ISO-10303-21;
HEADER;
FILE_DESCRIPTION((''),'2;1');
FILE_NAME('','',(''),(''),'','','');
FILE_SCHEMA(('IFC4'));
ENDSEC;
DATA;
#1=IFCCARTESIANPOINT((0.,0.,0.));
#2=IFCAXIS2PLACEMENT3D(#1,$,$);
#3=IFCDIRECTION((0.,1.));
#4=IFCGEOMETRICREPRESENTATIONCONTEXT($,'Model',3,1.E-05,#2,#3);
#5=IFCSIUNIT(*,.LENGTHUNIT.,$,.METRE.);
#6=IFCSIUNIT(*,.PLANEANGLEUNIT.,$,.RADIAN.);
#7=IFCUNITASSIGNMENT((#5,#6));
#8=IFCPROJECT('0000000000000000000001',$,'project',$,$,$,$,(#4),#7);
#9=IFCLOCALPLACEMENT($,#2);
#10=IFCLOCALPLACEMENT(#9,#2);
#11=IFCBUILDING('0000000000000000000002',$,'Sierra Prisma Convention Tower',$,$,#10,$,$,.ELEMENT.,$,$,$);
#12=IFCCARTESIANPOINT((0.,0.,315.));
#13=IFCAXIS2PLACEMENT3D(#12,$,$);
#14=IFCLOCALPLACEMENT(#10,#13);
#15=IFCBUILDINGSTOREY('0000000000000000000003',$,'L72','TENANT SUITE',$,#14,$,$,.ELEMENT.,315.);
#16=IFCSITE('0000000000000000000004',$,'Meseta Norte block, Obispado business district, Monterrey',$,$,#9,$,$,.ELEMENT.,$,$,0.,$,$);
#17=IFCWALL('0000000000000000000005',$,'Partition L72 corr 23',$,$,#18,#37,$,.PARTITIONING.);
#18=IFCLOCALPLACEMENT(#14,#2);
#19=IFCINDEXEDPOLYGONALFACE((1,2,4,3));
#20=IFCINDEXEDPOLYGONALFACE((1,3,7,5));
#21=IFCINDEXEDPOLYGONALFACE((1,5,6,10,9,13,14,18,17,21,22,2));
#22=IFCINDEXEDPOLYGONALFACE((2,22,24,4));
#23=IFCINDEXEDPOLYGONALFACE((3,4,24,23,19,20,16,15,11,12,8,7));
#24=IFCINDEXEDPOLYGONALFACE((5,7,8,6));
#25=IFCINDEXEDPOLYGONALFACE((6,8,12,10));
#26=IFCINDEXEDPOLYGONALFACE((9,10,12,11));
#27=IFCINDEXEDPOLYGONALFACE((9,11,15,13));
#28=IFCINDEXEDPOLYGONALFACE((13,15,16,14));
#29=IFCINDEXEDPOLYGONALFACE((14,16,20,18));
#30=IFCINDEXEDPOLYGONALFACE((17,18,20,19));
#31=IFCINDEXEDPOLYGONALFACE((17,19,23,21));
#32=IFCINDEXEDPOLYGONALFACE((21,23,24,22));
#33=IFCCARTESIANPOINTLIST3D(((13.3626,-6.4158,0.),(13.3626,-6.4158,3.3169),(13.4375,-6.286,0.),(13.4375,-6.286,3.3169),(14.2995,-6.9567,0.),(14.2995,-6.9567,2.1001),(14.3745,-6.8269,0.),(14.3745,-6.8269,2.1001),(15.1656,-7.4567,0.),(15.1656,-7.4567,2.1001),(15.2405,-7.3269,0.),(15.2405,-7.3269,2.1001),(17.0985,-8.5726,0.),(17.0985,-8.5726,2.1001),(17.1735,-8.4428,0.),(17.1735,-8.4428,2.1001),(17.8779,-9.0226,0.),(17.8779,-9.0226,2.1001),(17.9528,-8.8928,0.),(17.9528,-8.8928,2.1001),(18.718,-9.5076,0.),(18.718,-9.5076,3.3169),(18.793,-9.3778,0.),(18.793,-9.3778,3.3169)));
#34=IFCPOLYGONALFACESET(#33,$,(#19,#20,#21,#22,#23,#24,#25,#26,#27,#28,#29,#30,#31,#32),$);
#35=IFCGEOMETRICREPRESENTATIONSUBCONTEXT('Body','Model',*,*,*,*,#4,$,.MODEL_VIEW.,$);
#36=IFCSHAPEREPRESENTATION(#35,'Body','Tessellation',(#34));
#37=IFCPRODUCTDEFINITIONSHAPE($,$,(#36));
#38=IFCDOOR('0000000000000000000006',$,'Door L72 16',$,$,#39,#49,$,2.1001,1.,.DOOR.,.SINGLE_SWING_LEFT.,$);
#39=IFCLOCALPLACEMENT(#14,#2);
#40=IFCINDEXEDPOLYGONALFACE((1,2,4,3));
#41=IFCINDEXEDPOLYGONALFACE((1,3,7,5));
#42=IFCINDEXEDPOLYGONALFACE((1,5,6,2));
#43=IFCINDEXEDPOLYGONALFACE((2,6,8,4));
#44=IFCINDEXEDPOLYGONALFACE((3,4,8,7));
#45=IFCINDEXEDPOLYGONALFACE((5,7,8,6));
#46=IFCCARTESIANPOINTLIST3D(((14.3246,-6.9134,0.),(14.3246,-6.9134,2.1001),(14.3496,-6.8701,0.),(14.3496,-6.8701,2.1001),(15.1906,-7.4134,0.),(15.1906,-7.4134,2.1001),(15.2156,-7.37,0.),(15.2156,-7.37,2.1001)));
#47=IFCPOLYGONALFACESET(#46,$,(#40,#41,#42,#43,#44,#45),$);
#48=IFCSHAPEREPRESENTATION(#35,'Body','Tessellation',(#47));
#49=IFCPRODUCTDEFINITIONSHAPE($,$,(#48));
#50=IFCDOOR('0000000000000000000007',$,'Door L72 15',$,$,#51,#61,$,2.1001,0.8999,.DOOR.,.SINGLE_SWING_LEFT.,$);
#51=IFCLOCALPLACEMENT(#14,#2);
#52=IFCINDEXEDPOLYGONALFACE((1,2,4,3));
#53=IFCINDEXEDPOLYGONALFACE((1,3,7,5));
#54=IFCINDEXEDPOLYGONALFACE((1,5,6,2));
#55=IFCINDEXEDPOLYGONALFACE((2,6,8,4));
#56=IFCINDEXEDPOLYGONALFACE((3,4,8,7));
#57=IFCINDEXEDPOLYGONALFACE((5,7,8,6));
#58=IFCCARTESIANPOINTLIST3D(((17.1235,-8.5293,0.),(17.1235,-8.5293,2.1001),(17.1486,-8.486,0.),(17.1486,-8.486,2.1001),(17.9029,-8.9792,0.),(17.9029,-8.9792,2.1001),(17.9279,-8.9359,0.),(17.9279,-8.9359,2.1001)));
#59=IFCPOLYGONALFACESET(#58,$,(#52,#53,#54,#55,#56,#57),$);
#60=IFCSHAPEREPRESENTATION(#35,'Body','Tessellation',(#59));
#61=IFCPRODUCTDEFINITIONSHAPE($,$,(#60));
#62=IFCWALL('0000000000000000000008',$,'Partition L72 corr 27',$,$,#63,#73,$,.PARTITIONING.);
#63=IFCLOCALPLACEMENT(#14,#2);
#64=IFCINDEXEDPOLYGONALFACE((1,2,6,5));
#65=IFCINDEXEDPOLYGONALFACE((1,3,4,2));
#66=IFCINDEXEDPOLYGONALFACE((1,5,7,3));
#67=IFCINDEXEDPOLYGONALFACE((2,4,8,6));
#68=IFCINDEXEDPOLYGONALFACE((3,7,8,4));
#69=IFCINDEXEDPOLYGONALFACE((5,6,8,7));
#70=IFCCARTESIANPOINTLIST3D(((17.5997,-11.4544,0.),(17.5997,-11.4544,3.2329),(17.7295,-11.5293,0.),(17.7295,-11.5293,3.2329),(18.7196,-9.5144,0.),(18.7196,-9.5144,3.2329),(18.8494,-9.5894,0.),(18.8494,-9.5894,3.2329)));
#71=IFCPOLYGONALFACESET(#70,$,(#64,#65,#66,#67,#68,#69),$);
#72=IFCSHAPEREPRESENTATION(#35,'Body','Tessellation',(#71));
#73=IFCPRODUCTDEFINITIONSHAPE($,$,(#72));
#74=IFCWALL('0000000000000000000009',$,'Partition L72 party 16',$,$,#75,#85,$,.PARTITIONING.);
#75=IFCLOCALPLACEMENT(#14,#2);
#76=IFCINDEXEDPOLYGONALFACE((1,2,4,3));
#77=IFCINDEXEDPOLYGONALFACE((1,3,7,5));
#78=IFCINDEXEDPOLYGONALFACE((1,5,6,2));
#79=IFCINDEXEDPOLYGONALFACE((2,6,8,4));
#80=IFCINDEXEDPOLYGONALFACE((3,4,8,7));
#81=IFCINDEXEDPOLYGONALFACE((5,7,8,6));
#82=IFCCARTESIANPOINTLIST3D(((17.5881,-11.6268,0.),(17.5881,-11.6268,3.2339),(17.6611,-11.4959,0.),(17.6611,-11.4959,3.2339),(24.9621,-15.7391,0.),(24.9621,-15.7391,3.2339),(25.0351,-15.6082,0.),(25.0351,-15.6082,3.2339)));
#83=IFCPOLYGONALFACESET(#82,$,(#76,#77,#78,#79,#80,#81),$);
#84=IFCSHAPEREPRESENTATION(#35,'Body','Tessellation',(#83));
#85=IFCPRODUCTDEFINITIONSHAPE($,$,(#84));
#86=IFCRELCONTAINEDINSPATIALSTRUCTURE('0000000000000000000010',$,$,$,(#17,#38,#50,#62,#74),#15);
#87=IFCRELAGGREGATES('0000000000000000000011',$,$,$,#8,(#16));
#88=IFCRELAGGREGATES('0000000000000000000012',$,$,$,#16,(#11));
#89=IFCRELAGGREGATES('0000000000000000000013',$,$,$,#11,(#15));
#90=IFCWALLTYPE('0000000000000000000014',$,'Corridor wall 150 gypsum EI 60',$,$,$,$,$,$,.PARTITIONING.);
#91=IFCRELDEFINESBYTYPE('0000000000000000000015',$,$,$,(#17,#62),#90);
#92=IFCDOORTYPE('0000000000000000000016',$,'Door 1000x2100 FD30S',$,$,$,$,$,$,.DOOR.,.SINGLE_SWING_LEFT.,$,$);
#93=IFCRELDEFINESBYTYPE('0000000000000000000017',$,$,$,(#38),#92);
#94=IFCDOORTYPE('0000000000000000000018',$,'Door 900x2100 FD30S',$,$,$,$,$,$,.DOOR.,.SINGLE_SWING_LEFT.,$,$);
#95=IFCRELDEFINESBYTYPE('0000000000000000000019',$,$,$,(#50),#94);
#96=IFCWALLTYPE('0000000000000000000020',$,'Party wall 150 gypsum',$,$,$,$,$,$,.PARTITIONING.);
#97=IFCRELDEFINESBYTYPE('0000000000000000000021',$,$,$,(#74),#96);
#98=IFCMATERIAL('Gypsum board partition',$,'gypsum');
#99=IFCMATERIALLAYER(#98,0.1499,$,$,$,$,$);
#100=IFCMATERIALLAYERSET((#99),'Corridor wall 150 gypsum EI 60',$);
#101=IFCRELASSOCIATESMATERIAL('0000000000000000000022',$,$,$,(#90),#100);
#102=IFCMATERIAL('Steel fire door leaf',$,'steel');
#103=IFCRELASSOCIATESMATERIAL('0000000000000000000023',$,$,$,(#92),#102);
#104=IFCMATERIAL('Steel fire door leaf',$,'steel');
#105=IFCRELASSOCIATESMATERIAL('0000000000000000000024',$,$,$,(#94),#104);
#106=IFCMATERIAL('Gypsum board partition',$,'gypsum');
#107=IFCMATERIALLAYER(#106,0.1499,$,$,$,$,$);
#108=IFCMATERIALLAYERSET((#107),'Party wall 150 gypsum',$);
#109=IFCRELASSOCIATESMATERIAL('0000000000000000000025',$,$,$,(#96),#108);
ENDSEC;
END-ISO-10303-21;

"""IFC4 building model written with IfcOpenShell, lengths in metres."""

from ifc_helpers import new_model, si_unit, direction, frame, frame_2d, origin, place, context, subcontext, project, spatial, rectangle, extrude, material, layer, layer_set, type_object, element, fill, save


model = new_model("IFC4")

# Units and contexts
model_context = context("Model", 3, precision=1e-05, world=origin(), true_north=direction((0.0, 1.0)))
body_context = subcontext(model_context, "Body", "Model", "MODEL_VIEW")
ifc_project = project(units=[si_unit("LENGTHUNIT", "METRE"), si_unit("PLANEANGLEUNIT", "RADIAN")], contexts=[model_context])

# Site, building, storey
site_placement = place(None, origin())
site = spatial("IfcSite", under=ifc_project, at=site_placement, Name="Meseta Norte block, Obispado business district, Monterrey", CompositionType="ELEMENT", RefElevation=0.0)
building_placement = place(site_placement, origin())
building = spatial("IfcBuilding", under=site, at=building_placement, Name="Sierra Prisma Convention Tower", CompositionType="ELEMENT")
storey_placement = place(building_placement, frame((0.0, 0.0, 315.0)))
storey = spatial("IfcBuildingStorey", under=building, at=storey_placement, Name="L72", Description="TENANT SUITE", CompositionType="ELEMENT", Elevation=315.0)

# Wall, openings, doors
ifc_material_1 = material(Name="Gypsum board partition", Category="gypsum")
ifc_layer_1 = layer(ifc_material_1, 0.1499)
ifc_layer_set_1 = layer_set([ifc_layer_1], Name="Corridor wall 150 gypsum EI 60")
wall_type_1 = type_object("IfcWallType", Name="Corridor wall 150 gypsum EI 60", PredefinedType="PARTITIONING", material=ifc_layer_set_1)
wall_1_placement = place(storey_placement, frame((18.7554, -9.4426, 0.0), z_axis=(0.0, 0.0, 1.0), x_axis=(-0.866038, 0.499978, 0.0)))
wall_1 = element("IfcWall", 1, at=wall_1_placement, inside=storey, type_object=wall_type_1, Name="Partition L72 corr 23", PredefinedType="PARTITIONING", context=body_context, shape_type="SweptSolid", body=[
    extrude(rectangle(XDim=6.1838, YDim=0.1499, at=frame_2d((3.0918, 0.0))), origin(), (0.0, 0.0, 1.0), 3.3169),
])
opening_1_placement = place(wall_1_placement, frame((0.97, 0.0, 0.0)))
opening_1 = element("IfcOpeningElement", 2, at=opening_1_placement, cuts=wall_1, PredefinedType="OPENING", context=body_context, shape_type="SweptSolid", body=[
    extrude(rectangle(XDim=0.8999, YDim=2.1001, at=frame_2d((0.45, 1.05))), frame((0.0, 0.075, 0.0), z_axis=(0.0, -1.0, 0.0), x_axis=(1.0, 0.0, 0.0)), (0.0, 0.0, 1.0), 0.1499),
])
opening_2_placement = place(wall_1_placement, frame((4.1018, 0.0, 0.0)))
opening_2 = element("IfcOpeningElement", 3, at=opening_2_placement, cuts=wall_1, PredefinedType="OPENING", context=body_context, shape_type="SweptSolid", body=[
    extrude(rectangle(XDim=1.0, YDim=2.1001, at=frame_2d((0.5, 1.05))), frame((0.0, 0.075, 0.0), z_axis=(0.0, -1.0, 0.0), x_axis=(1.0, 0.0, 0.0)), (0.0, 0.0, 1.0), 0.1499),
])
ifc_material_2 = material(Name="Steel fire door leaf", Category="steel")
door_type_1 = type_object("IfcDoorType", Name="Door 1000x2100 FD30S", OperationType="SINGLE_SWING_LEFT", PredefinedType="DOOR", material=ifc_material_2)
door_1_placement = place(opening_2_placement, origin())
door_1 = element("IfcDoor", 4, at=door_1_placement, inside=storey, type_object=door_type_1, Name="Door L72 16", OperationType="SINGLE_SWING_LEFT", OverallHeight=2.1001, OverallWidth=1.0, PredefinedType="DOOR", context=body_context, shape_type="SweptSolid", body=[
    extrude(rectangle(XDim=1.0, YDim=2.1001, at=frame_2d((0.5, 1.05))), frame((0.0, 0.0249, 0.0), z_axis=(0.0, -1.0, 0.0), x_axis=(1.0, 0.0, 0.0)), (0.0, 0.0, 1.0), 0.05),
])
fill(opening_2, door_1)
ifc_material_3 = material(Name="Steel fire door leaf", Category="steel")
door_type_2 = type_object("IfcDoorType", Name="Door 900x2100 FD30S", OperationType="SINGLE_SWING_LEFT", PredefinedType="DOOR", material=ifc_material_3)
door_2_placement = place(opening_1_placement, origin())
door_2 = element("IfcDoor", 5, at=door_2_placement, inside=storey, type_object=door_type_2, Name="Door L72 15", OperationType="SINGLE_SWING_LEFT", OverallHeight=2.1001, OverallWidth=0.8999, PredefinedType="DOOR", context=body_context, shape_type="SweptSolid", body=[
    extrude(rectangle(XDim=0.8999, YDim=2.1001, at=frame_2d((0.45, 1.05))), frame((0.0, 0.0249, 0.0), z_axis=(0.0, -1.0, 0.0), x_axis=(1.0, 0.0, 0.0)), (0.0, 0.0, 1.0), 0.05),
])
fill(opening_1, door_2)

# Walls
wall_2_placement = place(storey_placement, frame((17.6646, -11.4919, 0.0), z_axis=(0.0, 0.0, 1.0), x_axis=(0.499949, 0.866055, 0.0)))
element("IfcWall", 6, at=wall_2_placement, inside=storey, type_object=wall_type_1, Name="Partition L72 corr 27", PredefinedType="PARTITIONING", context=body_context, shape_type="SweptSolid", body=[
    extrude(rectangle(XDim=2.24, YDim=0.1499, at=frame_2d((1.1201, 0.0))), origin(), (0.0, 0.0, 1.0), 3.2329),
])
ifc_material_4 = material(Name="Gypsum board partition", Category="gypsum")
ifc_layer_2 = layer(ifc_material_4, 0.1499)
ifc_layer_set_2 = layer_set([ifc_layer_2], Name="Party wall 150 gypsum")
wall_type_2 = type_object("IfcWallType", Name="Party wall 150 gypsum", PredefinedType="PARTITIONING", material=ifc_layer_set_2)
wall_3_placement = place(storey_placement, frame((17.6245, -11.5613, 0.0), z_axis=(0.0, 0.0, 1.0), x_axis=(0.87337, -0.487056, 0.0)))
element("IfcWall", 7, at=wall_3_placement, inside=storey, type_object=wall_type_2, Name="Partition L72 party 16", PredefinedType="PARTITIONING", context=body_context, shape_type="SweptSolid", body=[
    extrude(rectangle(XDim=8.4431, YDim=0.1499, at=frame_2d((4.2217, 0.0))), origin(), (0.0, 0.0, 1.0), 3.2339),
])

save(model, "model.ifc")
